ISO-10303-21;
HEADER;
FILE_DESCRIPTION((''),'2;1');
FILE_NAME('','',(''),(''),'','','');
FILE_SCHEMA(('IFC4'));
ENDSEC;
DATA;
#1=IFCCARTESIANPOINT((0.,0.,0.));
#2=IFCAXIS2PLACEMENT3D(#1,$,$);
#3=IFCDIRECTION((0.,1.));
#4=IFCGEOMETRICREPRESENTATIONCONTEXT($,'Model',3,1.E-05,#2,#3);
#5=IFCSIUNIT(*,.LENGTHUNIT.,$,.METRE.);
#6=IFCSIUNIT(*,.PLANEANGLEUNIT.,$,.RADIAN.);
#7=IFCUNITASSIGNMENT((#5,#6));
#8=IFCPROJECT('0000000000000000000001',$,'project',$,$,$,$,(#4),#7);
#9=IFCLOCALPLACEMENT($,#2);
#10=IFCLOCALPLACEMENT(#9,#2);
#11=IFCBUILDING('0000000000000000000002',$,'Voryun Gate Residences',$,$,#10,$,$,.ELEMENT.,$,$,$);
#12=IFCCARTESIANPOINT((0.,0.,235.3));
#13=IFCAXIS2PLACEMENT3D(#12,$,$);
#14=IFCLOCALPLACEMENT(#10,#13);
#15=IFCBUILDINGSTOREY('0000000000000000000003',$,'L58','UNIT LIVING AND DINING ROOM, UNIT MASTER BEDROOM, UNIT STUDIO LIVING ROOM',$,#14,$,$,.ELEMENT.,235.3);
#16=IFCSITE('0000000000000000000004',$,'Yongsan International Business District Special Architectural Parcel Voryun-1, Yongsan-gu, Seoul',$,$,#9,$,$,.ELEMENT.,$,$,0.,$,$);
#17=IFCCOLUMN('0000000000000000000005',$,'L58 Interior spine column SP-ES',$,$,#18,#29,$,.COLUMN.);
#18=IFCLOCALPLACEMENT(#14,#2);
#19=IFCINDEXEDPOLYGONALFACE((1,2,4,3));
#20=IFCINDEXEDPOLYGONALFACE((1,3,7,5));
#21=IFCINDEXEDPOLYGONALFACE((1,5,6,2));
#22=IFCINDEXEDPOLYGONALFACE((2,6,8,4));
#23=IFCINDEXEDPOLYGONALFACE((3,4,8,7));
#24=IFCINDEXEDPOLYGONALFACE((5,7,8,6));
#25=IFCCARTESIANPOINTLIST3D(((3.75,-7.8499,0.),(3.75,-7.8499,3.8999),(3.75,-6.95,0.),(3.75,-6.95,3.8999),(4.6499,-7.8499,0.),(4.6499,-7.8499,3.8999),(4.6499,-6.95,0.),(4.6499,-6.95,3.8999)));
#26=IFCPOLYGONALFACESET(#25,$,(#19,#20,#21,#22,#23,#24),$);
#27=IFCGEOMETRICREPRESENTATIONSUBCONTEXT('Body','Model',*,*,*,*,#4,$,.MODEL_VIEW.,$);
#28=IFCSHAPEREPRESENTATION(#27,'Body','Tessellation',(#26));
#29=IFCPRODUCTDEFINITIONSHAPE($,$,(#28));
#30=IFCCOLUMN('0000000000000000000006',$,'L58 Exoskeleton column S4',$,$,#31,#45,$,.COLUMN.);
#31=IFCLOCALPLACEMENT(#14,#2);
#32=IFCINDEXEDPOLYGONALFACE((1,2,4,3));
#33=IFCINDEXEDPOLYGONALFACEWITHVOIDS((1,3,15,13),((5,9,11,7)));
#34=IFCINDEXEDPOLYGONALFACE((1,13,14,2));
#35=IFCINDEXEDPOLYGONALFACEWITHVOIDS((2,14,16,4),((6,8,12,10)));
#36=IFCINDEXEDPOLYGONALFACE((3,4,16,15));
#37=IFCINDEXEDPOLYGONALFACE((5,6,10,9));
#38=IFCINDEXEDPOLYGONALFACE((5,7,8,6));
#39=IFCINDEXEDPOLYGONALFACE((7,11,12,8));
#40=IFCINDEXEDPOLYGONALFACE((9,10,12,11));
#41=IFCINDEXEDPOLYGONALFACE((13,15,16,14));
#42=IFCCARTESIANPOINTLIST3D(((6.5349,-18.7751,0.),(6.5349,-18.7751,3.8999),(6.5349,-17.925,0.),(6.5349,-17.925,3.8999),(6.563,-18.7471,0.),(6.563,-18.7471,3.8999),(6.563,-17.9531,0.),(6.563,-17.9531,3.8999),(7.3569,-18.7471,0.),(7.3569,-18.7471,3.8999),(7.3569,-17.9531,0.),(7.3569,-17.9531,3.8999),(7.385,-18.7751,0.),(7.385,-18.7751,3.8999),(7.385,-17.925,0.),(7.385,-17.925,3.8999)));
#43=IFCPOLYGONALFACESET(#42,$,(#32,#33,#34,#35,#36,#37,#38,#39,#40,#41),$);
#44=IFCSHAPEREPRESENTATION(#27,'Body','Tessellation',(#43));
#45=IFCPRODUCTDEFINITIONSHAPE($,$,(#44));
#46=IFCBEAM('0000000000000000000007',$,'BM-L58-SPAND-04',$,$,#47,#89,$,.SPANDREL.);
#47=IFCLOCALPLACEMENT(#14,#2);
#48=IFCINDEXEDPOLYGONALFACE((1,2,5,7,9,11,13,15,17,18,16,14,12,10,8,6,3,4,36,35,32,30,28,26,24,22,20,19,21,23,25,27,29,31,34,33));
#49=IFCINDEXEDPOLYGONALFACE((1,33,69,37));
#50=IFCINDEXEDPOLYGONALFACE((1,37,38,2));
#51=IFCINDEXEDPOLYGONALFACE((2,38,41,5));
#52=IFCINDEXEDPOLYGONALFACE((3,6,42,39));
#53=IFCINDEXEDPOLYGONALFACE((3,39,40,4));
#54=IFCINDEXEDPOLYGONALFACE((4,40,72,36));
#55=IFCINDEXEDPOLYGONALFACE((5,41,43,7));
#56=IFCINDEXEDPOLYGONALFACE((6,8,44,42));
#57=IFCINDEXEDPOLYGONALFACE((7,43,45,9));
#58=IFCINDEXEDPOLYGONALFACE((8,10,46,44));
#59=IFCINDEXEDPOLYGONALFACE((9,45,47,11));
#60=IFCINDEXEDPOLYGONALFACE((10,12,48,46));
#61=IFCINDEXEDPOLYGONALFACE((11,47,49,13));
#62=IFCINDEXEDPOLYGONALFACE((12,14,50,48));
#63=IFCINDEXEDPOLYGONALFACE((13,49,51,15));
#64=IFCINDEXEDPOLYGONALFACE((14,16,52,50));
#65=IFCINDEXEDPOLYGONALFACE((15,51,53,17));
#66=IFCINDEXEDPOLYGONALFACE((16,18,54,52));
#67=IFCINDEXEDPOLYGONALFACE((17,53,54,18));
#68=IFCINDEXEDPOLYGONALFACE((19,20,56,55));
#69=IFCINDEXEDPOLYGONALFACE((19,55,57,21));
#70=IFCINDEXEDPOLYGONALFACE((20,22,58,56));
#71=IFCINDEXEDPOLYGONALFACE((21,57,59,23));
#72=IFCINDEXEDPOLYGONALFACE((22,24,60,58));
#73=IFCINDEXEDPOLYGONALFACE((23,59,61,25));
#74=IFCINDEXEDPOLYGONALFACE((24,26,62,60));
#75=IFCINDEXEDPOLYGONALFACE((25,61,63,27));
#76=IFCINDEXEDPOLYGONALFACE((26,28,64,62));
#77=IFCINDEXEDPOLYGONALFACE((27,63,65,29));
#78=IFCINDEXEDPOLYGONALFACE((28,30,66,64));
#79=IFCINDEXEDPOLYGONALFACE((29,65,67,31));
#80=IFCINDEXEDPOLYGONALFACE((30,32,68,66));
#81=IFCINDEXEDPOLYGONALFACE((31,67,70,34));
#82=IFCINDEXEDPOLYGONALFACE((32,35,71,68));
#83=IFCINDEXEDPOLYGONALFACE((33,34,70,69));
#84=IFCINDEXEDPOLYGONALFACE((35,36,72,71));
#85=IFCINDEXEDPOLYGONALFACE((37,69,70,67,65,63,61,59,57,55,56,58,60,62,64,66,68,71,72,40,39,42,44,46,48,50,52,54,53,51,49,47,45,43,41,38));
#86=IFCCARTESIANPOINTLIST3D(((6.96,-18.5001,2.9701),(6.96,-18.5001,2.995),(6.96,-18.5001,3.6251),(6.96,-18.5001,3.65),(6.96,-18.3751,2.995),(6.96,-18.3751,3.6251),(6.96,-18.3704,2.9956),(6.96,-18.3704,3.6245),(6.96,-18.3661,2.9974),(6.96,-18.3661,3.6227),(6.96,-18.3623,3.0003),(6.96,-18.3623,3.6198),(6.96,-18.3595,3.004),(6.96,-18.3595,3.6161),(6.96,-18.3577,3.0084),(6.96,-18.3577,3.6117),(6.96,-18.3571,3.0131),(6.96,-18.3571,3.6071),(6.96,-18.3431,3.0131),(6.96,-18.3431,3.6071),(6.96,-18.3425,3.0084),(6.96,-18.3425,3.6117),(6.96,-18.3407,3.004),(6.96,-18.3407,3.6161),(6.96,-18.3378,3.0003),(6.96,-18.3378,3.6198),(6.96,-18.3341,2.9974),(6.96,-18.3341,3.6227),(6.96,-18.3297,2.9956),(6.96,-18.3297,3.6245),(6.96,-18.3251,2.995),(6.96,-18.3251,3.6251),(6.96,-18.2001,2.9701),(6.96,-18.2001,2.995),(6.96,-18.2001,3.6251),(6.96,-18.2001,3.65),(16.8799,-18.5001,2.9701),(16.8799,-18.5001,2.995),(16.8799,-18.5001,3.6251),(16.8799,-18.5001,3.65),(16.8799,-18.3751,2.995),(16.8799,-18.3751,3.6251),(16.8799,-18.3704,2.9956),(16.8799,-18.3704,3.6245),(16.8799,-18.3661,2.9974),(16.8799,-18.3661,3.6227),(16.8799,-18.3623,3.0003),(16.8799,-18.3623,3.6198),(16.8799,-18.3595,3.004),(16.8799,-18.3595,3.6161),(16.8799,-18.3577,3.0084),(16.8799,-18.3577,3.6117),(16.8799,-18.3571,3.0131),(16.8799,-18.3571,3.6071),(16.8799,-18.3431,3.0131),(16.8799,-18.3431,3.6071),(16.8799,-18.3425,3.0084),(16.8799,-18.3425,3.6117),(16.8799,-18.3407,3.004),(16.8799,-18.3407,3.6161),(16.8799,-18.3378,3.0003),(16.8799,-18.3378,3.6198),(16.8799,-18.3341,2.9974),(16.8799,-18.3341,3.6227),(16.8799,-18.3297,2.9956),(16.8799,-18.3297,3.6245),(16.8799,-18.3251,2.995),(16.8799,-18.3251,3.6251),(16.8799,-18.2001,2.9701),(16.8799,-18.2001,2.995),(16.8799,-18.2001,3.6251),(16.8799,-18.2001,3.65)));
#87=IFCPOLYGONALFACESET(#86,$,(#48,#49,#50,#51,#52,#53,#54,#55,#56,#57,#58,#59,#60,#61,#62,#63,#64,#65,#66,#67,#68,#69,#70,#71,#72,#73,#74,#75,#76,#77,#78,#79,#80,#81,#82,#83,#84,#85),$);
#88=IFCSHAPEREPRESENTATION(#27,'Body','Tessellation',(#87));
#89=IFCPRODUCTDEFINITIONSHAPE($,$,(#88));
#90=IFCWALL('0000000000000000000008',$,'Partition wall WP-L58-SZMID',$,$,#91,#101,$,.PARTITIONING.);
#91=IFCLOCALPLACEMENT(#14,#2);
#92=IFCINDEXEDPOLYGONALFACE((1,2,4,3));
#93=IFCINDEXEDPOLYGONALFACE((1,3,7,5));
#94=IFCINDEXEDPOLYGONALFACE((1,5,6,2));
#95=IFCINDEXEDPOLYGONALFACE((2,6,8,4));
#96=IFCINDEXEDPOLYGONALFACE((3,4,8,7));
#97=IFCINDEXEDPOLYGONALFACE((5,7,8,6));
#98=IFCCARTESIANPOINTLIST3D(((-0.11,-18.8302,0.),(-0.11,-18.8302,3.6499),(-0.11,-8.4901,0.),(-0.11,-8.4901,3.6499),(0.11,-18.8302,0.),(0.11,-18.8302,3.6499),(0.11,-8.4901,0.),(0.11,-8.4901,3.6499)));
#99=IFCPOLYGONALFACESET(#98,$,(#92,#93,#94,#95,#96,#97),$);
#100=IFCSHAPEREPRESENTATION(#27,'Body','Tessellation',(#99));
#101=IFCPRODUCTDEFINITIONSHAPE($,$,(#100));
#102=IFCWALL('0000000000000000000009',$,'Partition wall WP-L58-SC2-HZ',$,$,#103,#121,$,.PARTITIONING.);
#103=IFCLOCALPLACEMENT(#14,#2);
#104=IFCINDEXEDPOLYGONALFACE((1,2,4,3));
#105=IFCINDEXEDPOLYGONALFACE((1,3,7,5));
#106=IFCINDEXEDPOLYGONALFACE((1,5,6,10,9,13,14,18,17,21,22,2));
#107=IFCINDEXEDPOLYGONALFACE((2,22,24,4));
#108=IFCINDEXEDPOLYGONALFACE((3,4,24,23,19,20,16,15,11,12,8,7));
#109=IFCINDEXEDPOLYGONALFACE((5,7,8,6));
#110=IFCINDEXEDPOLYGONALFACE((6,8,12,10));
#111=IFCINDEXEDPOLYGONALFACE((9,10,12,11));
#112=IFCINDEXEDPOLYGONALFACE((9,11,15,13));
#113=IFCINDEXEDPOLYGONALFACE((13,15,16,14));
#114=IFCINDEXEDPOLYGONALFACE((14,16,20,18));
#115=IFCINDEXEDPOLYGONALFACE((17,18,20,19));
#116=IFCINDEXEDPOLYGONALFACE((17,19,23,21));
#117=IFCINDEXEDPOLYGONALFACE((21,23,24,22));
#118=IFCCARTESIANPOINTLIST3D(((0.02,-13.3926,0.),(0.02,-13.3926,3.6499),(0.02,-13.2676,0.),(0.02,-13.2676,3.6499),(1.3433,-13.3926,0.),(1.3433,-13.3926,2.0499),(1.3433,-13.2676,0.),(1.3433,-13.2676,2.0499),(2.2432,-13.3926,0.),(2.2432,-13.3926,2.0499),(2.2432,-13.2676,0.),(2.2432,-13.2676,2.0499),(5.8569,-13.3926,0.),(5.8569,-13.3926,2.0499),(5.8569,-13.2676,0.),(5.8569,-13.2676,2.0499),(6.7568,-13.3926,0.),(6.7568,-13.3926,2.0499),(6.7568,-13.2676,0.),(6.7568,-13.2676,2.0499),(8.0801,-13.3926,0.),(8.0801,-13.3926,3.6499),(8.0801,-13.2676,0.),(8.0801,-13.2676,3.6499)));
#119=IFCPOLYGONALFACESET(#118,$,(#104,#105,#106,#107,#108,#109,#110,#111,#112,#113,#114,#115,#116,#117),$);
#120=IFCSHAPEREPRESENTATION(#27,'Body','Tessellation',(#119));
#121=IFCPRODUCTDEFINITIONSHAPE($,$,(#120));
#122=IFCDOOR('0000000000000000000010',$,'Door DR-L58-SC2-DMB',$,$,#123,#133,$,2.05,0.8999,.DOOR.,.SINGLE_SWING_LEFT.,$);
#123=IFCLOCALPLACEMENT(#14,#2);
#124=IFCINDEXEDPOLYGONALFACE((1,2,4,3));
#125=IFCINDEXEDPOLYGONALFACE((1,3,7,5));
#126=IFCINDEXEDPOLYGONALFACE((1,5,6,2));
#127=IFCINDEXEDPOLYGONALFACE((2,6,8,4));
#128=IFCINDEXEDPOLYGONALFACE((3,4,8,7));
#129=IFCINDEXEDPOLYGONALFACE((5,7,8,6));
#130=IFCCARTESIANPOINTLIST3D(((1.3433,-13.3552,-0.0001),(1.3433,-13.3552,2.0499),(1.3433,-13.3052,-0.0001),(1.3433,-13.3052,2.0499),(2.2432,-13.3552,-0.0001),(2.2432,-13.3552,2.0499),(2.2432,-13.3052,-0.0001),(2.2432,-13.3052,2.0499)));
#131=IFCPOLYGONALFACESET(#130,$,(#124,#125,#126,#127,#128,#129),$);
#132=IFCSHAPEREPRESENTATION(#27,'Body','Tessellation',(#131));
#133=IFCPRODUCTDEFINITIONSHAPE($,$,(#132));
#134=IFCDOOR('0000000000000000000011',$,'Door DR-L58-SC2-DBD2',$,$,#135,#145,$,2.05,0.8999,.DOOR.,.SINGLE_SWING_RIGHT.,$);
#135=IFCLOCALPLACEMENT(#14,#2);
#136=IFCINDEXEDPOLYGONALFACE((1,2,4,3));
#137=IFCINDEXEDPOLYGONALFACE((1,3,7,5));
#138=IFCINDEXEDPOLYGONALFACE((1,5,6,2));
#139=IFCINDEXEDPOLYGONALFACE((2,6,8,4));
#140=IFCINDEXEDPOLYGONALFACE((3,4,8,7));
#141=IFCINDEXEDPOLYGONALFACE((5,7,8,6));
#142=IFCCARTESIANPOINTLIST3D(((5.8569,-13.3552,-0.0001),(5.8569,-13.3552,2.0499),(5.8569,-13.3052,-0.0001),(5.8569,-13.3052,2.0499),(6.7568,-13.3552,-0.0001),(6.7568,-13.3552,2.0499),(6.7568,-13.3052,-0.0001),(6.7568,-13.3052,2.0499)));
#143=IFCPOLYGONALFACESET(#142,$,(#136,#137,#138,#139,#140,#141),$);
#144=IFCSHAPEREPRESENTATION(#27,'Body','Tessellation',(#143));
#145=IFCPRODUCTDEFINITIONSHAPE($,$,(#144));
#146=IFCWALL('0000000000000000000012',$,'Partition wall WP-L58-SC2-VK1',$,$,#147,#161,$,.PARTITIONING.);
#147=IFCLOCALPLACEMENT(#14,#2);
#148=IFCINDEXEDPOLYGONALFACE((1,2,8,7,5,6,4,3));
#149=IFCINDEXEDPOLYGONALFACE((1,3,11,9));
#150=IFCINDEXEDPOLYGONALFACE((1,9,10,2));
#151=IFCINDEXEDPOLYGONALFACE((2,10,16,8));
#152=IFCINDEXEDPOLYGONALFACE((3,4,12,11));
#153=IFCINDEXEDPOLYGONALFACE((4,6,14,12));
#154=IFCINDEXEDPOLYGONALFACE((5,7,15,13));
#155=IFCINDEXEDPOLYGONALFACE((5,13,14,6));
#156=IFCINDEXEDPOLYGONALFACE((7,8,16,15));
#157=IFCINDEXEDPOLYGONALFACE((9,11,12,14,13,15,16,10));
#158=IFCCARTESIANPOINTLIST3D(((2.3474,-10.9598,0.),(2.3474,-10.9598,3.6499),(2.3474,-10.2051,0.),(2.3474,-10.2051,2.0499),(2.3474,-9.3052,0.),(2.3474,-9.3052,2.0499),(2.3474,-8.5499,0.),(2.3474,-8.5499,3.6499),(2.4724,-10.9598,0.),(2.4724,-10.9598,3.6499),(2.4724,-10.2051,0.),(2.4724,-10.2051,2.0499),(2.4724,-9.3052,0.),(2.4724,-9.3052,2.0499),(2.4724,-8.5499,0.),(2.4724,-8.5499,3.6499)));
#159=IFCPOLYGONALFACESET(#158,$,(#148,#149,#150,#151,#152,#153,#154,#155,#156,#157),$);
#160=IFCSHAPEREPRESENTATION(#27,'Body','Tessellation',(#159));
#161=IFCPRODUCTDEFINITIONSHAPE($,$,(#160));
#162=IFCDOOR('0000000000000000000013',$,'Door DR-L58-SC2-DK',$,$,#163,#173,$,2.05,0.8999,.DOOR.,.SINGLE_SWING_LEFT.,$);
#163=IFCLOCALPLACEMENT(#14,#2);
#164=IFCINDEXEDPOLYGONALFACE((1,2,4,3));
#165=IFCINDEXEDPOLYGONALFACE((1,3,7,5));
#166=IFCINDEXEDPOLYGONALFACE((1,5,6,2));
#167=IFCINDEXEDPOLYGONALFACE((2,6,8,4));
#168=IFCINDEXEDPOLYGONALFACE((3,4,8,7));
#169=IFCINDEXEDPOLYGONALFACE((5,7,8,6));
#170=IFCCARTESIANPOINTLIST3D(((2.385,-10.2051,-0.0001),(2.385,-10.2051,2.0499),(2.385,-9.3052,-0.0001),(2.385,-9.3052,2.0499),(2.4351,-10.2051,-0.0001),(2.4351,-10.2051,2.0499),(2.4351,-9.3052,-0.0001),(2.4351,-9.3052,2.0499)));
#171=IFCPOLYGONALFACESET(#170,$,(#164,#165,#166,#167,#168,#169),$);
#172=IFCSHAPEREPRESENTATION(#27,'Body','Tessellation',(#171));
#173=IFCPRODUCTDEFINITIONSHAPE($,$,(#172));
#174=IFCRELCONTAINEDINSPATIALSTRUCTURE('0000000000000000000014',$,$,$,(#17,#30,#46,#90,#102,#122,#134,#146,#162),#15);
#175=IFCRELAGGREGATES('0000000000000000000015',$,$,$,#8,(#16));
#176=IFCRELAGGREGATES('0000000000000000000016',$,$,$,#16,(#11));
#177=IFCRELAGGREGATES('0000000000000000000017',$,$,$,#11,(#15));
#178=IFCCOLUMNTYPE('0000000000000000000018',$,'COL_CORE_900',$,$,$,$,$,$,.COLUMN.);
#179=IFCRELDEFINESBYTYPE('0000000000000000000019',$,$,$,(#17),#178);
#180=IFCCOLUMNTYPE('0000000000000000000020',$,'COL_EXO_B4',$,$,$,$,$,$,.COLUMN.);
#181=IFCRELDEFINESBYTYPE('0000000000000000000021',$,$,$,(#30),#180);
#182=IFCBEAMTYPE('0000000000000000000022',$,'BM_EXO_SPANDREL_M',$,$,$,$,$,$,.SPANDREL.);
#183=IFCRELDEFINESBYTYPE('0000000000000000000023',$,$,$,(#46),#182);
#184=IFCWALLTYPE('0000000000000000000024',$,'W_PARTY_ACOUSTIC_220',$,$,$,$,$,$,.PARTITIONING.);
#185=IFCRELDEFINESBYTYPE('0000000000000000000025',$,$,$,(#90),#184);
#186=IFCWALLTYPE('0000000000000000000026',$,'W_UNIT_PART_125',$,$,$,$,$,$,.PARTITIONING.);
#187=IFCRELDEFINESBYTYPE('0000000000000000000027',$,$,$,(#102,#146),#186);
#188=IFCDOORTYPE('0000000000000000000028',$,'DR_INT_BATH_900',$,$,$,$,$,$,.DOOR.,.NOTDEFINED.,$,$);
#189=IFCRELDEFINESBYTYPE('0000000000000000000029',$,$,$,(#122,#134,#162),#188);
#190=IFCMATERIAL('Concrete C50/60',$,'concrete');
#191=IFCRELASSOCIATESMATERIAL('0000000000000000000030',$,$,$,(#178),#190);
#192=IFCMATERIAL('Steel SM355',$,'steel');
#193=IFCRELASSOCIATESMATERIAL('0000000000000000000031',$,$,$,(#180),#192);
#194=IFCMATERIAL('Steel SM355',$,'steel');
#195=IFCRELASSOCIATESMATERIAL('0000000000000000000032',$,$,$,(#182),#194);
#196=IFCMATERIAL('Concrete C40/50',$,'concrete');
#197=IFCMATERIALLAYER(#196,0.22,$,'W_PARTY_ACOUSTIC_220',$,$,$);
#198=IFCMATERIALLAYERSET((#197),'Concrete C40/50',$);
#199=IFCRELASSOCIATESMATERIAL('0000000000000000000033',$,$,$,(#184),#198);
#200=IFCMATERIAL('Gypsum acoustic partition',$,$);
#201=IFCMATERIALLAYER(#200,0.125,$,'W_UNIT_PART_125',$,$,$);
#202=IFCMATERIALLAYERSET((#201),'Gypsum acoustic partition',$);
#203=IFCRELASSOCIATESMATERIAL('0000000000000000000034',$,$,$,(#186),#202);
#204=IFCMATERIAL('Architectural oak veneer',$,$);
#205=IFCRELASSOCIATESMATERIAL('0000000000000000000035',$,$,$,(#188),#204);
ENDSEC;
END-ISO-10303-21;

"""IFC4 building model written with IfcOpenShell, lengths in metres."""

from ifc_helpers import new_model, si_unit, direction, frame, frame_2d, origin, origin_2d, place, context, subcontext, project, spatial, rectangle, hollow_rectangle, i_section, extrude, material, layer, layer_set, material_profile, profile_set, type_object, element, fill, save


model = new_model("IFC4")

# Units and contexts
model_context = context("Model", 3, precision=1e-05, world=origin(), true_north=direction((0.0, 1.0)))
body_context = subcontext(model_context, "Body", "Model", "MODEL_VIEW")
ifc_project = project(units=[si_unit("LENGTHUNIT", "METRE"), si_unit("PLANEANGLEUNIT", "RADIAN")], contexts=[model_context])

# Site, building, storey
site_placement = place(None, origin())
site = spatial("IfcSite", under=ifc_project, at=site_placement, Name="Yongsan International Business District Special Architectural Parcel Voryun-1, Yongsan-gu, Seoul", CompositionType="ELEMENT", RefElevation=0.0)
building_placement = place(site_placement, origin())
building = spatial("IfcBuilding", under=site, at=building_placement, Name="Voryun Gate Residences", CompositionType="ELEMENT")
storey_placement = place(building_placement, frame((0.0, 0.0, 235.3)))
storey = spatial("IfcBuildingStorey", under=building, at=storey_placement, Name="L58", Description="UNIT LIVING AND DINING ROOM, UNIT MASTER BEDROOM, UNIT STUDIO LIVING ROOM", CompositionType="ELEMENT", Elevation=235.3)

# Columns
ifc_material_1 = material(Name="Concrete C50/60", Category="concrete")
ifc_material_profile_1 = material_profile(ifc_material_1, rectangle(XDim=0.8999, YDim=0.8999, at=origin_2d()), Name="RC-900x900")
ifc_profile_set_1 = profile_set([ifc_material_profile_1], Name="Concrete C50/60")
column_type_1 = type_object("IfcColumnType", Name="COL_CORE_900", PredefinedType="COLUMN", material=ifc_profile_set_1)
column_1_placement = place(storey_placement, frame((4.2, -7.3999, 0.0), z_axis=(0.0, 0.0, 1.0), x_axis=(1.0, 0.0, 0.0)))
element("IfcColumn", 1, at=column_1_placement, inside=storey, type_object=column_type_1, Name="L58 Interior spine column SP-ES", PredefinedType="COLUMN", context=body_context, shape_type="SweptSolid", body=[
    extrude(rectangle(XDim=0.8999, YDim=0.8999, at=origin_2d()), origin(), (0.0, 0.0, 1.0), 3.8999),
])
ifc_material_2 = material(Name="Steel SM355", Category="steel")
ifc_material_profile_2 = material_profile(ifc_material_2, hollow_rectangle(XDim=0.8501, YDim=0.8501, WallThickness=0.0281, at=origin_2d()), Name="BOX-850x850x28")
ifc_profile_set_2 = profile_set([ifc_material_profile_2], Name="Steel SM355")
column_type_2 = type_object("IfcColumnType", Name="COL_EXO_B4", PredefinedType="COLUMN", material=ifc_profile_set_2)
column_2_placement = place(storey_placement, frame((6.96, -18.3501, 0.0), z_axis=(0.0, 0.0, 1.0), x_axis=(1.0, 0.0, 0.0)))
element("IfcColumn", 2, at=column_2_placement, inside=storey, type_object=column_type_2, Name="L58 Exoskeleton column S4", PredefinedType="COLUMN", context=body_context, shape_type="SweptSolid", body=[
    extrude(hollow_rectangle(XDim=0.8501, YDim=0.8501, WallThickness=0.0281, at=origin_2d()), origin(), (0.0, 0.0, 1.0), 3.8999),
])

# Beam
ifc_material_3 = material(Name="Steel SM355", Category="steel")
ifc_material_profile_3 = material_profile(ifc_material_3, i_section(OverallWidth=0.3, OverallDepth=0.6799, WebThickness=0.0139, FlangeThickness=0.0249, FilletRadius=0.0181, at=origin_2d()), Name="H-680x300x14x25")
ifc_profile_set_3 = profile_set([ifc_material_profile_3], Name="Steel SM355")
beam_type = type_object("IfcBeamType", Name="BM_EXO_SPANDREL_M", PredefinedType="SPANDREL", material=ifc_profile_set_3)
beam_placement = place(storey_placement, frame((6.96, -18.3501, 3.3101), z_axis=(1.0, 0.0, 0.0), x_axis=(0.0, 1.0, 0.0)))
element("IfcBeam", 3, at=beam_placement, inside=storey, type_object=beam_type, Name="BM-L58-SPAND-04", PredefinedType="SPANDREL", context=body_context, shape_type="SweptSolid", body=[
    extrude(i_section(OverallWidth=0.3, OverallDepth=0.6799, WebThickness=0.0139, FlangeThickness=0.0249, FilletRadius=0.0181, at=origin_2d()), origin(), (0.0, 0.0, 1.0), 9.9199),
])

# Wall
ifc_material_4 = material(Name="Concrete C40/50", Category="concrete")
ifc_layer_1 = layer(ifc_material_4, 0.22, Name="W_PARTY_ACOUSTIC_220")
ifc_layer_set_1 = layer_set([ifc_layer_1], Name="Concrete C40/50")
wall_type_1 = type_object("IfcWallType", Name="W_PARTY_ACOUSTIC_220", PredefinedType="PARTITIONING", material=ifc_layer_set_1)
wall_1_placement = place(storey_placement, frame((0.0, -18.8301, 0.0), z_axis=(0.0, 0.0, 1.0), x_axis=(0.0, 1.0, 0.0)))
element("IfcWall", 4, at=wall_1_placement, inside=storey, type_object=wall_type_1, Name="Partition wall WP-L58-SZMID", PredefinedType="PARTITIONING", context=body_context, shape_type="SweptSolid", body=[
    extrude(rectangle(XDim=10.3401, YDim=0.22, at=frame_2d((5.1699, 0.0))), origin(), (0.0, 0.0, 1.0), 3.6499),
])

# Wall, openings, doors
ifc_material_5 = material(Name="Gypsum acoustic partition")
ifc_layer_2 = layer(ifc_material_5, 0.125, Name="W_UNIT_PART_125")
ifc_layer_set_2 = layer_set([ifc_layer_2], Name="Gypsum acoustic partition")
wall_type_2 = type_object("IfcWallType", Name="W_UNIT_PART_125", PredefinedType="PARTITIONING", material=ifc_layer_set_2)
wall_2_placement = place(storey_placement, frame((0.02, -13.3301, 0.0), z_axis=(0.0, 0.0, 1.0), x_axis=(1.0, 0.0, 0.0)))
wall_2 = element("IfcWall", 5, at=wall_2_placement, inside=storey, type_object=wall_type_2, Name="Partition wall WP-L58-SC2-HZ", PredefinedType="PARTITIONING", context=body_context, shape_type="SweptSolid", body=[
    extrude(rectangle(XDim=8.0601, YDim=0.125, at=frame_2d((4.03, 0.0))), origin(), (0.0, 0.0, 1.0), 3.6499),
])
opening_1_placement = place(wall_2_placement, frame((1.3232, 0.0, 0.0)))
opening_1 = element("IfcOpeningElement", 6, at=opening_1_placement, cuts=wall_2, PredefinedType="OPENING", context=body_context, shape_type="SweptSolid", body=[
    extrude(rectangle(XDim=0.8999, YDim=2.05, at=frame_2d((0.45, 1.0249))), frame((0.0, 0.0725, 0.0), z_axis=(0.0, -1.0, 0.0), x_axis=(1.0, 0.0, 0.0)), (0.0, 0.0, 1.0), 0.145),
])
opening_2_placement = place(wall_2_placement, frame((5.8369, 0.0, 0.0)))
opening_2 = element("IfcOpeningElement", 7, at=opening_2_placement, cuts=wall_2, PredefinedType="OPENING", context=body_context, shape_type="SweptSolid", body=[
    extrude(rectangle(XDim=0.8999, YDim=2.05, at=frame_2d((0.45, 1.0249))), frame((0.0, 0.0725, 0.0), z_axis=(0.0, -1.0, 0.0), x_axis=(1.0, 0.0, 0.0)), (0.0, 0.0, 1.0), 0.145),
])
ifc_material_6 = material(Name="Architectural oak veneer")
door_type = type_object("IfcDoorType", Name="DR_INT_BATH_900", OperationType="NOTDEFINED", PredefinedType="DOOR", material=ifc_material_6)
door_1_placement = place(opening_1_placement, origin())
door_1 = element("IfcDoor", 8, at=door_1_placement, inside=storey, type_object=door_type, Name="Door DR-L58-SC2-DMB", OperationType="SINGLE_SWING_LEFT", OverallHeight=2.05, OverallWidth=0.8999, PredefinedType="DOOR", context=body_context, shape_type="SweptSolid", body=[
    extrude(rectangle(XDim=0.8999, YDim=2.05, at=frame_2d((0.45, 1.0249))), frame((0.0, 0.0249, 0.0), z_axis=(0.0, -1.0, 0.0), x_axis=(1.0, 0.0, 0.0)), (0.0, 0.0, 1.0), 0.05),
])
fill(opening_1, door_1)
door_2_placement = place(opening_2_placement, origin())
door_2 = element("IfcDoor", 9, at=door_2_placement, inside=storey, type_object=door_type, Name="Door DR-L58-SC2-DBD2", OperationType="SINGLE_SWING_RIGHT", OverallHeight=2.05, OverallWidth=0.8999, PredefinedType="DOOR", context=body_context, shape_type="SweptSolid", body=[
    extrude(rectangle(XDim=0.8999, YDim=2.05, at=frame_2d((0.45, 1.0249))), frame((0.0, 0.0249, 0.0), z_axis=(0.0, -1.0, 0.0), x_axis=(1.0, 0.0, 0.0)), (0.0, 0.0, 1.0), 0.05),
])
fill(opening_2, door_2)

# Wall, opening, door
wall_3_placement = place(storey_placement, frame((2.4099, -10.96, 0.0), z_axis=(0.0, 0.0, 1.0), x_axis=(0.0, 1.0, 0.0)))
wall_3 = element("IfcWall", 10, at=wall_3_placement, inside=storey, type_object=wall_type_2, Name="Partition wall WP-L58-SC2-VK1", PredefinedType="PARTITIONING", context=body_context, shape_type="SweptSolid", body=[
    extrude(rectangle(XDim=2.4099, YDim=0.125, at=frame_2d((1.2051, 0.0))), origin(), (0.0, 0.0, 1.0), 3.6499),
])
opening_3_placement = place(wall_3_placement, frame((0.7549, 0.0, 0.0)))
opening_3 = element("IfcOpeningElement", 11, at=opening_3_placement, cuts=wall_3, PredefinedType="OPENING", context=body_context, shape_type="SweptSolid", body=[
    extrude(rectangle(XDim=0.8999, YDim=2.05, at=frame_2d((0.45, 1.0249))), frame((0.0, 0.0725, 0.0), z_axis=(0.0, -1.0, 0.0), x_axis=(1.0, 0.0, 0.0)), (0.0, 0.0, 1.0), 0.145),
])
door_3_placement = place(opening_3_placement, origin())
door_3 = element("IfcDoor", 12, at=door_3_placement, inside=storey, type_object=door_type, Name="Door DR-L58-SC2-DK", OperationType="SINGLE_SWING_LEFT", OverallHeight=2.05, OverallWidth=0.8999, PredefinedType="DOOR", context=body_context, shape_type="SweptSolid", body=[
    extrude(rectangle(XDim=0.8999, YDim=2.05, at=frame_2d((0.45, 1.0249))), frame((0.0, 0.0249, 0.0), z_axis=(0.0, -1.0, 0.0), x_axis=(1.0, 0.0, 0.0)), (0.0, 0.0, 1.0), 0.05),
])
fill(opening_3, door_3)

save(model, "model.ifc")
